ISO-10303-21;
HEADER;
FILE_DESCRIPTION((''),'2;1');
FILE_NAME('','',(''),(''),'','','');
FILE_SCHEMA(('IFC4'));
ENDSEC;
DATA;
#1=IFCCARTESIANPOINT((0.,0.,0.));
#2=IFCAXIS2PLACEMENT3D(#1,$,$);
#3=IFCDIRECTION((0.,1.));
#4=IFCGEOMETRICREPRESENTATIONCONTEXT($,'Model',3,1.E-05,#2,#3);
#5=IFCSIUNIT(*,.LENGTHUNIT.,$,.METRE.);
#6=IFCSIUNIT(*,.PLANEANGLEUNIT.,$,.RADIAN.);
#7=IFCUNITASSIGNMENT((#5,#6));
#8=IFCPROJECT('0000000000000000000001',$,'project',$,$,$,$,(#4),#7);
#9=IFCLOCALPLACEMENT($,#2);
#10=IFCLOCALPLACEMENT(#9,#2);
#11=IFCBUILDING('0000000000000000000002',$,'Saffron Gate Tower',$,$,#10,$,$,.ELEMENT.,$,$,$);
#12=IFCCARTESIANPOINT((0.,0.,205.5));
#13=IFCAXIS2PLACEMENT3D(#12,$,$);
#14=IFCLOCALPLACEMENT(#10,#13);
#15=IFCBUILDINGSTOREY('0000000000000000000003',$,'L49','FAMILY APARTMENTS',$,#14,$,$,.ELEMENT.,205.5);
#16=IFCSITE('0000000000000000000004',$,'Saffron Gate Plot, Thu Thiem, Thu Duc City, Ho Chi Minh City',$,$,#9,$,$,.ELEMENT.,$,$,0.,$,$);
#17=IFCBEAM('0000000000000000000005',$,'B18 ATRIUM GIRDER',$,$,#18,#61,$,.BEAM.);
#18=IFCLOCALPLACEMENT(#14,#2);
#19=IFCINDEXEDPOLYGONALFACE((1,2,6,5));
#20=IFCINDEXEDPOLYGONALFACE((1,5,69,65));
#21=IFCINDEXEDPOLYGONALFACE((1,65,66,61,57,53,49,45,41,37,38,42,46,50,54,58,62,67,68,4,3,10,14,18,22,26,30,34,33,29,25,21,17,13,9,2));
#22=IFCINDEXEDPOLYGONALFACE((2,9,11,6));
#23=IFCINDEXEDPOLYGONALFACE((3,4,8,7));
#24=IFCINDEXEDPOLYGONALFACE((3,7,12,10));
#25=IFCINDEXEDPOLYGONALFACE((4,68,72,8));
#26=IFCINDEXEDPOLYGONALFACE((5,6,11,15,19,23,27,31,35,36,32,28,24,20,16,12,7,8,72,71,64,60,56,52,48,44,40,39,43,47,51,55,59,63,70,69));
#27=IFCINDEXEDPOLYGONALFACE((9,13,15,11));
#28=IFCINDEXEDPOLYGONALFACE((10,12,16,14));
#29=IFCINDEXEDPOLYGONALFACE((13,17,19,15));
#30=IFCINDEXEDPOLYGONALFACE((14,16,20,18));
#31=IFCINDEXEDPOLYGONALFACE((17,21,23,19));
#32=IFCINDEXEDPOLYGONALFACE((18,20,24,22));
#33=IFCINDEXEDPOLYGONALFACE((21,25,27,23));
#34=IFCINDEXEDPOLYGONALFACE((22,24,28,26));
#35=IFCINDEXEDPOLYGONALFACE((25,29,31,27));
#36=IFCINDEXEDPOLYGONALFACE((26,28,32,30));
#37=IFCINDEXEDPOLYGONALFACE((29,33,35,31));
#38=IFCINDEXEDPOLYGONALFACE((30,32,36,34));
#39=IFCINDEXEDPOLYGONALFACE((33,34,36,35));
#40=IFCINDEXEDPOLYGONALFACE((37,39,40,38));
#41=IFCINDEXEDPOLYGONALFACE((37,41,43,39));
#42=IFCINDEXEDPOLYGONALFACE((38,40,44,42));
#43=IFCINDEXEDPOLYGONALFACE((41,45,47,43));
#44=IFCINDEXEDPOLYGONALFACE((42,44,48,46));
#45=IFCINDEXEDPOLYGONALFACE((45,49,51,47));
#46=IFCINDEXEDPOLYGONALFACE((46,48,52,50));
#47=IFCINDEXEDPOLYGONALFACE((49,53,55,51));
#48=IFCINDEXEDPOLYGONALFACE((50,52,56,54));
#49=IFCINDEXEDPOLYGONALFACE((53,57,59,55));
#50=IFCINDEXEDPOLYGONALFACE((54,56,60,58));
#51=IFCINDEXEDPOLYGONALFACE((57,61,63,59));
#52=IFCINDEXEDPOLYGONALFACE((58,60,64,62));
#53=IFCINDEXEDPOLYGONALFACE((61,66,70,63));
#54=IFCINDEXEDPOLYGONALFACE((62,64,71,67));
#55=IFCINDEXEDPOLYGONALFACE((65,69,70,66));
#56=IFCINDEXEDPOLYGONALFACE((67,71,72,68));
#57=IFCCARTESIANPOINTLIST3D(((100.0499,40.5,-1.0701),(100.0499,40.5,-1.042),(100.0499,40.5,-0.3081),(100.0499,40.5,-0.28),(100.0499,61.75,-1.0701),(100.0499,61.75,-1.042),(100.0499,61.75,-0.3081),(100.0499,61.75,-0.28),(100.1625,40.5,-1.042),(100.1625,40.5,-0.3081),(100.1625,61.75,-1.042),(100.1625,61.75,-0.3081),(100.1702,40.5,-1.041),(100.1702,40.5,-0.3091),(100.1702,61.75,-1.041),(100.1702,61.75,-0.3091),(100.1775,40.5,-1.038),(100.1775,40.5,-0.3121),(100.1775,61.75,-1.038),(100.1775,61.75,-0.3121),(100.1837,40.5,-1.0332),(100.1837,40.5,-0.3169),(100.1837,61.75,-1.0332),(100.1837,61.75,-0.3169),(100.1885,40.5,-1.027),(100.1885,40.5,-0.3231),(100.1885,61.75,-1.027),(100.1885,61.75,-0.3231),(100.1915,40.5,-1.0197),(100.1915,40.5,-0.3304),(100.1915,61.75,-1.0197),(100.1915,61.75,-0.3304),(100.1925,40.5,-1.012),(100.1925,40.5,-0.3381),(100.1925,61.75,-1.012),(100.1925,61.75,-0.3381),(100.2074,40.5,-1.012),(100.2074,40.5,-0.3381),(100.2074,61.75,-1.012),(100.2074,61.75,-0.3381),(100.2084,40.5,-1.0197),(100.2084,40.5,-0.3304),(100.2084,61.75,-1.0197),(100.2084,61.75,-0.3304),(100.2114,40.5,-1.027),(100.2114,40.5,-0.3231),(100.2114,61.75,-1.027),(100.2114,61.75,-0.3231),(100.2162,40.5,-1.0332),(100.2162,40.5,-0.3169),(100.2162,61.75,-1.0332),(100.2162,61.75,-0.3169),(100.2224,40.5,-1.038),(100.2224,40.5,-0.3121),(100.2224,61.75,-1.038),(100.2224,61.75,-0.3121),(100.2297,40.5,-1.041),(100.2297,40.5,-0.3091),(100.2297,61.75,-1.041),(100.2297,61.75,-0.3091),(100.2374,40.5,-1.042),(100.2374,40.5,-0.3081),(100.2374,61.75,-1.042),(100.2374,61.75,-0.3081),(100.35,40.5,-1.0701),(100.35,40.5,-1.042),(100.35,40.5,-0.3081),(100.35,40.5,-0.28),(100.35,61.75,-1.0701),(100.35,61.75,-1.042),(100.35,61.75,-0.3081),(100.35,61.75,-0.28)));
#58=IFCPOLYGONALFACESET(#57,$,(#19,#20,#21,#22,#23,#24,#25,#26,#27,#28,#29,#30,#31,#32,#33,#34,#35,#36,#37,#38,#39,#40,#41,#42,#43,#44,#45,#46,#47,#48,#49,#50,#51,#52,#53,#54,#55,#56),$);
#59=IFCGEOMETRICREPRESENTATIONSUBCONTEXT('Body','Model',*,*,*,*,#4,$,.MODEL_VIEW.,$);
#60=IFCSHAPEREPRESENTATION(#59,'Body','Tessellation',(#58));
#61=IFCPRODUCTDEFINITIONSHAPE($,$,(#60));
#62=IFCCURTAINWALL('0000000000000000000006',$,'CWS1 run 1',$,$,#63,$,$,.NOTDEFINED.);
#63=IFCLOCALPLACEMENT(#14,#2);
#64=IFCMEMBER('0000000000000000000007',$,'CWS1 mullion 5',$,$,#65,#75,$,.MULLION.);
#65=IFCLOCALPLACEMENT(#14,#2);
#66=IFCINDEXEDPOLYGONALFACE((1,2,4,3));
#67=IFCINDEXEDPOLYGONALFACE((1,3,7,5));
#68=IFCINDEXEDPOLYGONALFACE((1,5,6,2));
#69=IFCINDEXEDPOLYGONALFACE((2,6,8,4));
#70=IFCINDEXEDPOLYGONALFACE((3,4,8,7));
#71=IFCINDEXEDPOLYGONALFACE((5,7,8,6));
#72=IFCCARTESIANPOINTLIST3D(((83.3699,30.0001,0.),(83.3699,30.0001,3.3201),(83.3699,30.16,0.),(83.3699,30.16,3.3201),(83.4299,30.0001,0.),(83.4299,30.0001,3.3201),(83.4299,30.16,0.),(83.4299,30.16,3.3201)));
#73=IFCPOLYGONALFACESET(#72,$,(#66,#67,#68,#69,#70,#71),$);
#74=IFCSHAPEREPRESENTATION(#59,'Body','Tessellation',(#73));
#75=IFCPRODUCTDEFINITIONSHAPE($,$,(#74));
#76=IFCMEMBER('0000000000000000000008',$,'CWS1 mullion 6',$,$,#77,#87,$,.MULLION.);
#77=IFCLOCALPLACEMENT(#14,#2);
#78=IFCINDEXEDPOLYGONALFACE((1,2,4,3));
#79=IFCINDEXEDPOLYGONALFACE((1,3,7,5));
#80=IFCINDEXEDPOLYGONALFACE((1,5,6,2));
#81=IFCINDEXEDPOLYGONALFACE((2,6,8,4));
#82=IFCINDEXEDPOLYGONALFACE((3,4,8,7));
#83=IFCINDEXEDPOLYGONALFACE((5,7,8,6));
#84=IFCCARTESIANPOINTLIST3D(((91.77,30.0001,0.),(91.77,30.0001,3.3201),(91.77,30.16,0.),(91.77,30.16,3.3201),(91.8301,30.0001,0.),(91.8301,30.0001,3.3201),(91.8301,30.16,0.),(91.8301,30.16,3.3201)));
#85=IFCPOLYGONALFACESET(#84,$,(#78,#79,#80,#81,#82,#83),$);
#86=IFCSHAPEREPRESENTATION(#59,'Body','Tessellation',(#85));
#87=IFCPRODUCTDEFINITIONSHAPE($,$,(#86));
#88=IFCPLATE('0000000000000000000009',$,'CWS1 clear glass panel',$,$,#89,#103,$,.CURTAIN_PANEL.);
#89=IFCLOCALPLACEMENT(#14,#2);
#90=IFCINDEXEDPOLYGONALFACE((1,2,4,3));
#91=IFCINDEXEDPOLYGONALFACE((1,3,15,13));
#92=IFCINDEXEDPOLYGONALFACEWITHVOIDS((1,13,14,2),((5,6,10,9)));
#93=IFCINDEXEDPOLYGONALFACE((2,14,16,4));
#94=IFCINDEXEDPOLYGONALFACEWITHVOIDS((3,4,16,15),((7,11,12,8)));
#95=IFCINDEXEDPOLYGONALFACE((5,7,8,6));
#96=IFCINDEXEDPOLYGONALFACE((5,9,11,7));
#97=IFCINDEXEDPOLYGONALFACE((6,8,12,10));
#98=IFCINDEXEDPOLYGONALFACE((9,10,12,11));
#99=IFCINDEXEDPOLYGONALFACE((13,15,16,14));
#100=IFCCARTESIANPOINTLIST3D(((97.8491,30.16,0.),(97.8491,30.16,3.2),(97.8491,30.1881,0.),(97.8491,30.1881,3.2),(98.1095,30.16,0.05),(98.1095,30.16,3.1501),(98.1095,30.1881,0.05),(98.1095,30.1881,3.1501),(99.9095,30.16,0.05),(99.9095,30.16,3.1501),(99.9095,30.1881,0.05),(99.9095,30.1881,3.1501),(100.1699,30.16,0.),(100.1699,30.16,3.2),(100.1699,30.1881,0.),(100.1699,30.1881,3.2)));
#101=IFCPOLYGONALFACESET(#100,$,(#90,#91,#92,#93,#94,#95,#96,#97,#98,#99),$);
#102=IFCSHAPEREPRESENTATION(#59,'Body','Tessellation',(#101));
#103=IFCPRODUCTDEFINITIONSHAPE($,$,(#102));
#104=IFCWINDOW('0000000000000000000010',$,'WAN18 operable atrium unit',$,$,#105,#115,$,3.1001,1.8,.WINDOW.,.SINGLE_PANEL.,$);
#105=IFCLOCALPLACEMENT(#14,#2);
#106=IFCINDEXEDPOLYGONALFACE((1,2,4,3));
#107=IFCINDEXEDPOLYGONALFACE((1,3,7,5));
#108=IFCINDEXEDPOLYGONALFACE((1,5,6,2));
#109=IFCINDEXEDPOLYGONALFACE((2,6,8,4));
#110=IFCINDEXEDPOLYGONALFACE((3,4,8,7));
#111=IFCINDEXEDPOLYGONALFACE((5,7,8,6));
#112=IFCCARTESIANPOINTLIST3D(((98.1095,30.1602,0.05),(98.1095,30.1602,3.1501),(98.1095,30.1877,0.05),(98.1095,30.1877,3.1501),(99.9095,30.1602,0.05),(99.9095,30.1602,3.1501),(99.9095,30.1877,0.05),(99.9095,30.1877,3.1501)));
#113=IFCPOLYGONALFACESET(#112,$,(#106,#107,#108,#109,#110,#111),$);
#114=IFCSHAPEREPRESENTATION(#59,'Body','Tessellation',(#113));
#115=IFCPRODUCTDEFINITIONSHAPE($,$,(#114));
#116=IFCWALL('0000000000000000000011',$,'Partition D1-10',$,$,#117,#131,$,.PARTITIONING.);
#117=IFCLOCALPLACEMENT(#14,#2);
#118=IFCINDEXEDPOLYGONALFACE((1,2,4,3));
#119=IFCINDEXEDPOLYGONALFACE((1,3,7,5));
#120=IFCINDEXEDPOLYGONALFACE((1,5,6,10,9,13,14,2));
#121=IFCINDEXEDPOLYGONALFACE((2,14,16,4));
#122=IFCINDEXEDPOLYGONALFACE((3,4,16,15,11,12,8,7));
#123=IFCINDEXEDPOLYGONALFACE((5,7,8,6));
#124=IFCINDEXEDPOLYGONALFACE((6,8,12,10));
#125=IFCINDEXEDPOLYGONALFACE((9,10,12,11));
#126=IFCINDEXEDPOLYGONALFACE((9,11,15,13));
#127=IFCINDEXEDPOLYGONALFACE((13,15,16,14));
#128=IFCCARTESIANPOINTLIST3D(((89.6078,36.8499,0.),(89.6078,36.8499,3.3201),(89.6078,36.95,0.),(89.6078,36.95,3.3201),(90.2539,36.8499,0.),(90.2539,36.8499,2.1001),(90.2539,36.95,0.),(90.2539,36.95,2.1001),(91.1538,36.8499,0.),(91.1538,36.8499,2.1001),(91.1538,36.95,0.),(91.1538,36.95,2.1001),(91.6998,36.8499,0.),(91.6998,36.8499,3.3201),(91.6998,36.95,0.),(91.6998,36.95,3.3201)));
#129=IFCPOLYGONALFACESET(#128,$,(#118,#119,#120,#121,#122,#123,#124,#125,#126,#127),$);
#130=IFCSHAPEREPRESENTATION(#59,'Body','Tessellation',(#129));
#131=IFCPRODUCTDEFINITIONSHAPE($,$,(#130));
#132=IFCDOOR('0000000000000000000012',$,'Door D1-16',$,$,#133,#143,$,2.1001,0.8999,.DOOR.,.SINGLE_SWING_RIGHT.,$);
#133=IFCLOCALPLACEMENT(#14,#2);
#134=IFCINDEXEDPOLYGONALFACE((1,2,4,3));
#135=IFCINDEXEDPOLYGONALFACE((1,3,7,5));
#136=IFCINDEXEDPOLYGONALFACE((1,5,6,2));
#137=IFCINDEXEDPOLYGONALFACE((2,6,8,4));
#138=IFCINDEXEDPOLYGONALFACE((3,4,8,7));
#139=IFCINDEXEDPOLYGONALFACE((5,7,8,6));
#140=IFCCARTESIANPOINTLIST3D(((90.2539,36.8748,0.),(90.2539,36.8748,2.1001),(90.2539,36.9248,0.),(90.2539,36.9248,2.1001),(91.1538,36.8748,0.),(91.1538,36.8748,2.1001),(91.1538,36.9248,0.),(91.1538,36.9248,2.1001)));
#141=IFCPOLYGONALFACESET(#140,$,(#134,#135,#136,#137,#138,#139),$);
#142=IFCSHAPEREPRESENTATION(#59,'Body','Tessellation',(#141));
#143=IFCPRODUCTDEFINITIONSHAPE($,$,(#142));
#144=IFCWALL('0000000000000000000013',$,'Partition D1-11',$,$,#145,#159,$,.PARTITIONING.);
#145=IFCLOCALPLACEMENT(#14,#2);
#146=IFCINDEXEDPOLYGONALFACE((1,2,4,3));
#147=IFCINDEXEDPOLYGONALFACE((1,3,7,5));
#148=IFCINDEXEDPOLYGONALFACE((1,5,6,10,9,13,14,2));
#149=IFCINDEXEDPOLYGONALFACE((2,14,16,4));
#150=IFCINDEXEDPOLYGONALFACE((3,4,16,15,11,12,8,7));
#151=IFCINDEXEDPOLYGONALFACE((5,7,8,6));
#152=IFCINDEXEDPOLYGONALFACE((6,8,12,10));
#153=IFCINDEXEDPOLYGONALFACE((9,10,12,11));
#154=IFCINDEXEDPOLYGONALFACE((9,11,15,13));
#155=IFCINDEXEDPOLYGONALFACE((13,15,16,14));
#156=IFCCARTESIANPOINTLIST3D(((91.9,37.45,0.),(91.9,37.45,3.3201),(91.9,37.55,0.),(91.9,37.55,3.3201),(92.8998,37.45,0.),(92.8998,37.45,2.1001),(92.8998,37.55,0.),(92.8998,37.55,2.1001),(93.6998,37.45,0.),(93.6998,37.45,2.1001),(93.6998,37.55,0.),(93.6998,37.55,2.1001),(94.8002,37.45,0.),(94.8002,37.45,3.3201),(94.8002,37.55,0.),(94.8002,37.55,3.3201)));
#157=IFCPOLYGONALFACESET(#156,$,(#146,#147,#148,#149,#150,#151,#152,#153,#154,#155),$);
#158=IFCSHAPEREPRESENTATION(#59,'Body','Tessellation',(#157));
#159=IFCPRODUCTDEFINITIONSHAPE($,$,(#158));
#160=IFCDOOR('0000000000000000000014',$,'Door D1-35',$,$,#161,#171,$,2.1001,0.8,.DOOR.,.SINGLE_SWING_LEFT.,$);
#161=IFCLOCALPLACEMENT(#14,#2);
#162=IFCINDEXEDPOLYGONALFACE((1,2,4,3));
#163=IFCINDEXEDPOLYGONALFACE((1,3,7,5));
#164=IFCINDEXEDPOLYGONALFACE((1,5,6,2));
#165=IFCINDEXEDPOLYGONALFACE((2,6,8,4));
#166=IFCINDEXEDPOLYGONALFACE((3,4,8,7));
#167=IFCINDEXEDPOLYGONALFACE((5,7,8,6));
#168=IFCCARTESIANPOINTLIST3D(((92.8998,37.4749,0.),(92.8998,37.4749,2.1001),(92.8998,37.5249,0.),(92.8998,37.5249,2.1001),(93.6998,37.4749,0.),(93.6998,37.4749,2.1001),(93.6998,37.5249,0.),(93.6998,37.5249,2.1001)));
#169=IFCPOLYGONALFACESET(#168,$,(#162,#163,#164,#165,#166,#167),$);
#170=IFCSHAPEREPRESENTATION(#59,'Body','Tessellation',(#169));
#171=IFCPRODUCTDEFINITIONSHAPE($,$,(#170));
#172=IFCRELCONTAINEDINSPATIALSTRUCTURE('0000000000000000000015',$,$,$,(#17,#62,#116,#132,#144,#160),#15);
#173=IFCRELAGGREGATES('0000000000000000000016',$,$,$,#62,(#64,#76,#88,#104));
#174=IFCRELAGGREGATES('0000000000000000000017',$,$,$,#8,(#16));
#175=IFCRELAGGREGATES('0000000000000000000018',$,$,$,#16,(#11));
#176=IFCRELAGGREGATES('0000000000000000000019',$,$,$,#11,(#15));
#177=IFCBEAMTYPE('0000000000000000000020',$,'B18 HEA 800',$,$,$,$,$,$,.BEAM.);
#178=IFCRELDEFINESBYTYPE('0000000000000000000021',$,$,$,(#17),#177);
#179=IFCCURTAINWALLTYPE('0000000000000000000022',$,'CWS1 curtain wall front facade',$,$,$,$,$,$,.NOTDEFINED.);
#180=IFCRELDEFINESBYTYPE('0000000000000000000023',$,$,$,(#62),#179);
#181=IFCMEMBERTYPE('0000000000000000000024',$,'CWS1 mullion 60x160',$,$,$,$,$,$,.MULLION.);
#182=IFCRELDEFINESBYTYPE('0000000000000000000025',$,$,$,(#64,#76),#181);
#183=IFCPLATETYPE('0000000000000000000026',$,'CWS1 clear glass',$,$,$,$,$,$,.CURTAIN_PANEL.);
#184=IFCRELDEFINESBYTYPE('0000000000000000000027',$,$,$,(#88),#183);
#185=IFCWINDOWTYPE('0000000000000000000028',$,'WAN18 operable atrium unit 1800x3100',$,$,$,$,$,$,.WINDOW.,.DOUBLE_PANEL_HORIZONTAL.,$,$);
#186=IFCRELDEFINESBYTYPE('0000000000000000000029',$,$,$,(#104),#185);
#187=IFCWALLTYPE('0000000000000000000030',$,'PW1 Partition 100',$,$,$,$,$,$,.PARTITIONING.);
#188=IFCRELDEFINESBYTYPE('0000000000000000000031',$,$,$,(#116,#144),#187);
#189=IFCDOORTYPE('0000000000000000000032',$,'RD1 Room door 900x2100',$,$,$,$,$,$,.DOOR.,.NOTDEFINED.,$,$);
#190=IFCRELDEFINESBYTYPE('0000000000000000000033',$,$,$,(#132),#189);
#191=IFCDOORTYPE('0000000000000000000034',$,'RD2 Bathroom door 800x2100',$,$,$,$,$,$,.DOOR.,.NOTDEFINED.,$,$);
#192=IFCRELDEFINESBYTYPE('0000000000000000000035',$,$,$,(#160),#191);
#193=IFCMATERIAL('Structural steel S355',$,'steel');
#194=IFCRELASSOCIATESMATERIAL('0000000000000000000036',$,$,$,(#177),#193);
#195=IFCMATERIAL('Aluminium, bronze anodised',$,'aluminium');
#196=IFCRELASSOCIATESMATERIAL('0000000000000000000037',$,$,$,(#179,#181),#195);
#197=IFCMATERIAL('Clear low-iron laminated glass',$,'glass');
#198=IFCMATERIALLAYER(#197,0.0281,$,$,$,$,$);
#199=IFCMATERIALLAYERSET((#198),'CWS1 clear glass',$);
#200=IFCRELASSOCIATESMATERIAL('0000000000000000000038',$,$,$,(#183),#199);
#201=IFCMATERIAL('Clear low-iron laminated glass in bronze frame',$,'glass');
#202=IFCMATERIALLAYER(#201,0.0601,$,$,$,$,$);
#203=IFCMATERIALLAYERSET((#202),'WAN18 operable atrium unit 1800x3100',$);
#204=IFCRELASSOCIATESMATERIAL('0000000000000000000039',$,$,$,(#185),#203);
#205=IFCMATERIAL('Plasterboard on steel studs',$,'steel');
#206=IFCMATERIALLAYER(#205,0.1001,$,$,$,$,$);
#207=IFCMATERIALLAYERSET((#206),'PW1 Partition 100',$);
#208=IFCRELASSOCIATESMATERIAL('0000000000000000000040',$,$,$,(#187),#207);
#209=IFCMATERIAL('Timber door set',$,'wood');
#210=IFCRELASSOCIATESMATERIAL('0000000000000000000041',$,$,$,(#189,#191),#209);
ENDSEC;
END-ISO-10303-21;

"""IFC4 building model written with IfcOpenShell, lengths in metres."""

from ifc_helpers import new_model, si_unit, direction, frame, frame_2d, origin, origin_2d, place, context, subcontext, project, spatial, rectangle, i_section, extrude, material, layer, layer_set, material_profile, profile_set, type_object, element, fill, aggregate, save


model = new_model("IFC4")

# Units and contexts
model_context = context("Model", 3, precision=1e-05, world=origin(), true_north=direction((0.0, 1.0)))
body_context = subcontext(model_context, "Body", "Model", "MODEL_VIEW")
ifc_project = project(units=[si_unit("LENGTHUNIT", "METRE"), si_unit("PLANEANGLEUNIT", "RADIAN")], contexts=[model_context])

# Site, building, storey
site_placement = place(None, origin())
site = spatial("IfcSite", under=ifc_project, at=site_placement, Name="Saffron Gate Plot, Thu Thiem, Thu Duc City, Ho Chi Minh City", CompositionType="ELEMENT", RefElevation=0.0)
building_placement = place(site_placement, origin())
building = spatial("IfcBuilding", under=site, at=building_placement, Name="Saffron Gate Tower", CompositionType="ELEMENT")
storey_placement = place(building_placement, frame((0.0, 0.0, 205.5)))
storey = spatial("IfcBuildingStorey", under=building, at=storey_placement, Name="L49", Description="FAMILY APARTMENTS", CompositionType="ELEMENT", Elevation=205.5)

# Beam
ifc_material_1 = material(Name="Structural steel S355", Category="steel")
ifc_material_profile_1 = material_profile(ifc_material_1, i_section(OverallWidth=0.3, OverallDepth=0.79, WebThickness=0.0149, FlangeThickness=0.0281, FilletRadius=0.03, at=origin_2d()))
ifc_profile_set_1 = profile_set([ifc_material_profile_1], Name="Structural steel S355")
beam_type_1 = type_object("IfcBeamType", Name="B18 HEA 800", PredefinedType="BEAM", material=ifc_profile_set_1)
beam_1_placement = place(storey_placement, frame((100.2, 40.5, -0.675), z_axis=(0.0, 1.0, 0.0), x_axis=(-1.0, 0.0, 0.0)))
element("IfcBeam", 1, at=beam_1_placement, inside=storey, type_object=beam_type_1, Name="B18 ATRIUM GIRDER", PredefinedType="BEAM", context=body_context, shape_type="SweptSolid", body=[
    extrude(i_section(OverallWidth=0.3, OverallDepth=0.79, WebThickness=0.0149, FlangeThickness=0.0281, FilletRadius=0.03, at=origin_2d()), origin(), (0.0, 0.0, 1.0), 21.25),
])

# Curtain wall, members, plate, opening, window
ifc_material_2 = material(Name="Aluminium, bronze anodised", Category="aluminium")
curtain_wall_type = type_object("IfcCurtainWallType", Name="CWS1 curtain wall front facade", PredefinedType="NOTDEFINED", material=ifc_material_2)
curtain_wall_placement = place(storey_placement, origin())
curtain_wall = element("IfcCurtainWall", 2, at=curtain_wall_placement, inside=storey, type_object=curtain_wall_type, Name="CWS1 run 1", PredefinedType="NOTDEFINED")
ifc_material_profile_2 = material_profile(ifc_material_2, rectangle(XDim=0.1599, YDim=0.0601, at=origin_2d()))
ifc_profile_set_2 = profile_set([ifc_material_profile_2], Name="Aluminium, bronze anodised")
member_type = type_object("IfcMemberType", Name="CWS1 mullion 60x160", PredefinedType="MULLION", material=ifc_profile_set_2)
member_1_placement = place(storey_placement, frame((83.3999, 30.0801, 0.0), z_axis=(0.0, 0.0, 1.0), x_axis=(0.0, 1.0, 0.0)))
member_1 = element("IfcMember", 3, at=member_1_placement, type_object=member_type, Name="CWS1 mullion 5", PredefinedType="MULLION", context=body_context, shape_type="SweptSolid", body=[
    extrude(rectangle(XDim=0.1599, YDim=0.0601, at=origin_2d()), origin(), (0.0, 0.0, 1.0), 3.3201),
])
member_2_placement = place(storey_placement, frame((91.8, 30.0801, 0.0), z_axis=(0.0, 0.0, 1.0), x_axis=(0.0, 1.0, 0.0)))
member_2 = element("IfcMember", 4, at=member_2_placement, type_object=member_type, Name="CWS1 mullion 6", PredefinedType="MULLION", context=body_context, shape_type="SweptSolid", body=[
    extrude(rectangle(XDim=0.1599, YDim=0.0601, at=origin_2d()), origin(), (0.0, 0.0, 1.0), 3.3201),
])
ifc_material_3 = material(Name="Clear low-iron laminated glass", Category="glass")
ifc_layer_1 = layer(ifc_material_3, 0.0281)
ifc_layer_set_1 = layer_set([ifc_layer_1], Name="CWS1 clear glass")
plate_type = type_object("IfcPlateType", Name="CWS1 clear glass", PredefinedType="CURTAIN_PANEL", material=ifc_layer_set_1)
plate_placement = place(storey_placement, frame((97.8491, 30.1741, 0.0), z_axis=(0.0, 0.0, 1.0), x_axis=(1.0, 0.0, 0.0)))
plate = element("IfcPlate", 5, at=plate_placement, type_object=plate_type, Name="CWS1 clear glass panel", PredefinedType="CURTAIN_PANEL", context=body_context, shape_type="SweptSolid", body=[
    extrude(rectangle(XDim=2.3208, YDim=0.0281, at=frame_2d((1.1604, 0.0))), origin(), (0.0, 0.0, 1.0), 3.2),
])
opening_1_placement = place(plate_placement, frame((0.2605, 0.0, 0.05)))
opening_1 = element("IfcOpeningElement", 6, at=opening_1_placement, cuts=plate, PredefinedType="OPENING", context=body_context, shape_type="SweptSolid", body=[
    extrude(rectangle(XDim=1.8, YDim=3.1001, at=frame_2d((0.8999, 1.55))), frame((0.0, 0.0239, 0.0), z_axis=(0.0, -1.0, 0.0), x_axis=(1.0, 0.0, 0.0)), (0.0, 0.0, 1.0), 0.0481),
])
ifc_material_4 = material(Name="Clear low-iron laminated glass in bronze frame", Category="glass")
ifc_layer_2 = layer(ifc_material_4, 0.0601)
ifc_layer_set_2 = layer_set([ifc_layer_2], Name="WAN18 operable atrium unit 1800x3100")
window_type = type_object("IfcWindowType", Name="WAN18 operable atrium unit 1800x3100", PartitioningType="DOUBLE_PANEL_HORIZONTAL", PredefinedType="WINDOW", material=ifc_layer_set_2)
window_placement = place(opening_1_placement, origin())
window = element("IfcWindow", 7, at=window_placement, type_object=window_type, Name="WAN18 operable atrium unit", OverallHeight=3.1001, OverallWidth=1.8, PartitioningType="SINGLE_PANEL", PredefinedType="WINDOW", context=body_context, shape_type="SweptSolid", body=[
    extrude(rectangle(XDim=1.8, YDim=3.1001, at=frame_2d((0.8999, 1.55))), frame((0.0, 0.0137, 0.0), z_axis=(0.0, -1.0, 0.0), x_axis=(1.0, 0.0, 0.0)), (0.0, 0.0, 1.0), 0.0276),
])
fill(opening_1, window)
aggregate(curtain_wall, [member_1, member_2, plate, window])

# Walls, openings, doors
ifc_material_5 = material(Name="Plasterboard on steel studs", Category="steel")
ifc_layer_3 = layer(ifc_material_5, 0.1001)
ifc_layer_set_3 = layer_set([ifc_layer_3], Name="PW1 Partition 100")
wall_type_1 = type_object("IfcWallType", Name="PW1 Partition 100", PredefinedType="PARTITIONING", material=ifc_layer_set_3)
wall_1_placement = place(storey_placement, frame((89.6079, 36.8999, 0.0), z_axis=(0.0, 0.0, 1.0), x_axis=(1.0, 0.0, 0.0)))
wall_1 = element("IfcWall", 8, at=wall_1_placement, inside=storey, type_object=wall_type_1, Name="Partition D1-10", PredefinedType="PARTITIONING", context=body_context, shape_type="SweptSolid", body=[
    extrude(rectangle(XDim=2.092, YDim=0.1001, at=frame_2d((1.0459, 0.0))), origin(), (0.0, 0.0, 1.0), 3.3201),
])
opening_2_placement = place(wall_1_placement, frame((0.646, 0.0, 0.0)))
opening_2 = element("IfcOpeningElement", 9, at=opening_2_placement, cuts=wall_1, PredefinedType="OPENING", context=body_context, shape_type="SweptSolid", body=[
    extrude(rectangle(XDim=0.8999, YDim=2.1001, at=frame_2d((0.45, 1.05))), frame((0.0, 0.0601, 0.0), z_axis=(0.0, -1.0, 0.0), x_axis=(1.0, 0.0, 0.0)), (0.0, 0.0, 1.0), 0.1201),
])
ifc_material_6 = material(Name="Timber door set", Category="wood")
door_type_1 = type_object("IfcDoorType", Name="RD1 Room door 900x2100", OperationType="NOTDEFINED", PredefinedType="DOOR", material=ifc_material_6)
door_1_placement = place(opening_2_placement, origin())
door_1 = element("IfcDoor", 10, at=door_1_placement, inside=storey, type_object=door_type_1, Name="Door D1-16", OperationType="SINGLE_SWING_RIGHT", OverallHeight=2.1001, OverallWidth=0.8999, PredefinedType="DOOR", context=body_context, shape_type="SweptSolid", body=[
    extrude(rectangle(XDim=0.8999, YDim=2.1001, at=frame_2d((0.45, 1.05))), frame((0.0, 0.0249, 0.0), z_axis=(0.0, -1.0, 0.0), x_axis=(1.0, 0.0, 0.0)), (0.0, 0.0, 1.0), 0.05),
])
fill(opening_2, door_1)
wall_2_placement = place(storey_placement, frame((91.8999, 37.5, 0.0), z_axis=(0.0, 0.0, 1.0), x_axis=(1.0, 0.0, 0.0)))
wall_2 = element("IfcWall", 11, at=wall_2_placement, inside=storey, type_object=wall_type_1, Name="Partition D1-11", PredefinedType="PARTITIONING", context=body_context, shape_type="SweptSolid", body=[
    extrude(rectangle(XDim=2.9001, YDim=0.1001, at=frame_2d((1.4502, 0.0))), origin(), (0.0, 0.0, 1.0), 3.3201),
])
opening_3_placement = place(wall_2_placement, frame((1.0, 0.0, 0.0)))
opening_3 = element("IfcOpeningElement", 12, at=opening_3_placement, cuts=wall_2, PredefinedType="OPENING", context=body_context, shape_type="SweptSolid", body=[
    extrude(rectangle(XDim=0.8, YDim=2.1001, at=frame_2d((0.3999, 1.05))), frame((0.0, 0.0601, 0.0), z_axis=(0.0, -1.0, 0.0), x_axis=(1.0, 0.0, 0.0)), (0.0, 0.0, 1.0), 0.1201),
])
door_type_2 = type_object("IfcDoorType", Name="RD2 Bathroom door 800x2100", OperationType="NOTDEFINED", PredefinedType="DOOR", material=ifc_material_6)
door_2_placement = place(opening_3_placement, origin())
door_2 = element("IfcDoor", 13, at=door_2_placement, inside=storey, type_object=door_type_2, Name="Door D1-35", OperationType="SINGLE_SWING_LEFT", OverallHeight=2.1001, OverallWidth=0.8, PredefinedType="DOOR", context=body_context, shape_type="SweptSolid", body=[
    extrude(rectangle(XDim=0.8, YDim=2.1001, at=frame_2d((0.3999, 1.05))), frame((0.0, 0.0249, 0.0), z_axis=(0.0, -1.0, 0.0), x_axis=(1.0, 0.0, 0.0)), (0.0, 0.0, 1.0), 0.05),
])
fill(opening_3, door_2)

save(model, "model.ifc")
